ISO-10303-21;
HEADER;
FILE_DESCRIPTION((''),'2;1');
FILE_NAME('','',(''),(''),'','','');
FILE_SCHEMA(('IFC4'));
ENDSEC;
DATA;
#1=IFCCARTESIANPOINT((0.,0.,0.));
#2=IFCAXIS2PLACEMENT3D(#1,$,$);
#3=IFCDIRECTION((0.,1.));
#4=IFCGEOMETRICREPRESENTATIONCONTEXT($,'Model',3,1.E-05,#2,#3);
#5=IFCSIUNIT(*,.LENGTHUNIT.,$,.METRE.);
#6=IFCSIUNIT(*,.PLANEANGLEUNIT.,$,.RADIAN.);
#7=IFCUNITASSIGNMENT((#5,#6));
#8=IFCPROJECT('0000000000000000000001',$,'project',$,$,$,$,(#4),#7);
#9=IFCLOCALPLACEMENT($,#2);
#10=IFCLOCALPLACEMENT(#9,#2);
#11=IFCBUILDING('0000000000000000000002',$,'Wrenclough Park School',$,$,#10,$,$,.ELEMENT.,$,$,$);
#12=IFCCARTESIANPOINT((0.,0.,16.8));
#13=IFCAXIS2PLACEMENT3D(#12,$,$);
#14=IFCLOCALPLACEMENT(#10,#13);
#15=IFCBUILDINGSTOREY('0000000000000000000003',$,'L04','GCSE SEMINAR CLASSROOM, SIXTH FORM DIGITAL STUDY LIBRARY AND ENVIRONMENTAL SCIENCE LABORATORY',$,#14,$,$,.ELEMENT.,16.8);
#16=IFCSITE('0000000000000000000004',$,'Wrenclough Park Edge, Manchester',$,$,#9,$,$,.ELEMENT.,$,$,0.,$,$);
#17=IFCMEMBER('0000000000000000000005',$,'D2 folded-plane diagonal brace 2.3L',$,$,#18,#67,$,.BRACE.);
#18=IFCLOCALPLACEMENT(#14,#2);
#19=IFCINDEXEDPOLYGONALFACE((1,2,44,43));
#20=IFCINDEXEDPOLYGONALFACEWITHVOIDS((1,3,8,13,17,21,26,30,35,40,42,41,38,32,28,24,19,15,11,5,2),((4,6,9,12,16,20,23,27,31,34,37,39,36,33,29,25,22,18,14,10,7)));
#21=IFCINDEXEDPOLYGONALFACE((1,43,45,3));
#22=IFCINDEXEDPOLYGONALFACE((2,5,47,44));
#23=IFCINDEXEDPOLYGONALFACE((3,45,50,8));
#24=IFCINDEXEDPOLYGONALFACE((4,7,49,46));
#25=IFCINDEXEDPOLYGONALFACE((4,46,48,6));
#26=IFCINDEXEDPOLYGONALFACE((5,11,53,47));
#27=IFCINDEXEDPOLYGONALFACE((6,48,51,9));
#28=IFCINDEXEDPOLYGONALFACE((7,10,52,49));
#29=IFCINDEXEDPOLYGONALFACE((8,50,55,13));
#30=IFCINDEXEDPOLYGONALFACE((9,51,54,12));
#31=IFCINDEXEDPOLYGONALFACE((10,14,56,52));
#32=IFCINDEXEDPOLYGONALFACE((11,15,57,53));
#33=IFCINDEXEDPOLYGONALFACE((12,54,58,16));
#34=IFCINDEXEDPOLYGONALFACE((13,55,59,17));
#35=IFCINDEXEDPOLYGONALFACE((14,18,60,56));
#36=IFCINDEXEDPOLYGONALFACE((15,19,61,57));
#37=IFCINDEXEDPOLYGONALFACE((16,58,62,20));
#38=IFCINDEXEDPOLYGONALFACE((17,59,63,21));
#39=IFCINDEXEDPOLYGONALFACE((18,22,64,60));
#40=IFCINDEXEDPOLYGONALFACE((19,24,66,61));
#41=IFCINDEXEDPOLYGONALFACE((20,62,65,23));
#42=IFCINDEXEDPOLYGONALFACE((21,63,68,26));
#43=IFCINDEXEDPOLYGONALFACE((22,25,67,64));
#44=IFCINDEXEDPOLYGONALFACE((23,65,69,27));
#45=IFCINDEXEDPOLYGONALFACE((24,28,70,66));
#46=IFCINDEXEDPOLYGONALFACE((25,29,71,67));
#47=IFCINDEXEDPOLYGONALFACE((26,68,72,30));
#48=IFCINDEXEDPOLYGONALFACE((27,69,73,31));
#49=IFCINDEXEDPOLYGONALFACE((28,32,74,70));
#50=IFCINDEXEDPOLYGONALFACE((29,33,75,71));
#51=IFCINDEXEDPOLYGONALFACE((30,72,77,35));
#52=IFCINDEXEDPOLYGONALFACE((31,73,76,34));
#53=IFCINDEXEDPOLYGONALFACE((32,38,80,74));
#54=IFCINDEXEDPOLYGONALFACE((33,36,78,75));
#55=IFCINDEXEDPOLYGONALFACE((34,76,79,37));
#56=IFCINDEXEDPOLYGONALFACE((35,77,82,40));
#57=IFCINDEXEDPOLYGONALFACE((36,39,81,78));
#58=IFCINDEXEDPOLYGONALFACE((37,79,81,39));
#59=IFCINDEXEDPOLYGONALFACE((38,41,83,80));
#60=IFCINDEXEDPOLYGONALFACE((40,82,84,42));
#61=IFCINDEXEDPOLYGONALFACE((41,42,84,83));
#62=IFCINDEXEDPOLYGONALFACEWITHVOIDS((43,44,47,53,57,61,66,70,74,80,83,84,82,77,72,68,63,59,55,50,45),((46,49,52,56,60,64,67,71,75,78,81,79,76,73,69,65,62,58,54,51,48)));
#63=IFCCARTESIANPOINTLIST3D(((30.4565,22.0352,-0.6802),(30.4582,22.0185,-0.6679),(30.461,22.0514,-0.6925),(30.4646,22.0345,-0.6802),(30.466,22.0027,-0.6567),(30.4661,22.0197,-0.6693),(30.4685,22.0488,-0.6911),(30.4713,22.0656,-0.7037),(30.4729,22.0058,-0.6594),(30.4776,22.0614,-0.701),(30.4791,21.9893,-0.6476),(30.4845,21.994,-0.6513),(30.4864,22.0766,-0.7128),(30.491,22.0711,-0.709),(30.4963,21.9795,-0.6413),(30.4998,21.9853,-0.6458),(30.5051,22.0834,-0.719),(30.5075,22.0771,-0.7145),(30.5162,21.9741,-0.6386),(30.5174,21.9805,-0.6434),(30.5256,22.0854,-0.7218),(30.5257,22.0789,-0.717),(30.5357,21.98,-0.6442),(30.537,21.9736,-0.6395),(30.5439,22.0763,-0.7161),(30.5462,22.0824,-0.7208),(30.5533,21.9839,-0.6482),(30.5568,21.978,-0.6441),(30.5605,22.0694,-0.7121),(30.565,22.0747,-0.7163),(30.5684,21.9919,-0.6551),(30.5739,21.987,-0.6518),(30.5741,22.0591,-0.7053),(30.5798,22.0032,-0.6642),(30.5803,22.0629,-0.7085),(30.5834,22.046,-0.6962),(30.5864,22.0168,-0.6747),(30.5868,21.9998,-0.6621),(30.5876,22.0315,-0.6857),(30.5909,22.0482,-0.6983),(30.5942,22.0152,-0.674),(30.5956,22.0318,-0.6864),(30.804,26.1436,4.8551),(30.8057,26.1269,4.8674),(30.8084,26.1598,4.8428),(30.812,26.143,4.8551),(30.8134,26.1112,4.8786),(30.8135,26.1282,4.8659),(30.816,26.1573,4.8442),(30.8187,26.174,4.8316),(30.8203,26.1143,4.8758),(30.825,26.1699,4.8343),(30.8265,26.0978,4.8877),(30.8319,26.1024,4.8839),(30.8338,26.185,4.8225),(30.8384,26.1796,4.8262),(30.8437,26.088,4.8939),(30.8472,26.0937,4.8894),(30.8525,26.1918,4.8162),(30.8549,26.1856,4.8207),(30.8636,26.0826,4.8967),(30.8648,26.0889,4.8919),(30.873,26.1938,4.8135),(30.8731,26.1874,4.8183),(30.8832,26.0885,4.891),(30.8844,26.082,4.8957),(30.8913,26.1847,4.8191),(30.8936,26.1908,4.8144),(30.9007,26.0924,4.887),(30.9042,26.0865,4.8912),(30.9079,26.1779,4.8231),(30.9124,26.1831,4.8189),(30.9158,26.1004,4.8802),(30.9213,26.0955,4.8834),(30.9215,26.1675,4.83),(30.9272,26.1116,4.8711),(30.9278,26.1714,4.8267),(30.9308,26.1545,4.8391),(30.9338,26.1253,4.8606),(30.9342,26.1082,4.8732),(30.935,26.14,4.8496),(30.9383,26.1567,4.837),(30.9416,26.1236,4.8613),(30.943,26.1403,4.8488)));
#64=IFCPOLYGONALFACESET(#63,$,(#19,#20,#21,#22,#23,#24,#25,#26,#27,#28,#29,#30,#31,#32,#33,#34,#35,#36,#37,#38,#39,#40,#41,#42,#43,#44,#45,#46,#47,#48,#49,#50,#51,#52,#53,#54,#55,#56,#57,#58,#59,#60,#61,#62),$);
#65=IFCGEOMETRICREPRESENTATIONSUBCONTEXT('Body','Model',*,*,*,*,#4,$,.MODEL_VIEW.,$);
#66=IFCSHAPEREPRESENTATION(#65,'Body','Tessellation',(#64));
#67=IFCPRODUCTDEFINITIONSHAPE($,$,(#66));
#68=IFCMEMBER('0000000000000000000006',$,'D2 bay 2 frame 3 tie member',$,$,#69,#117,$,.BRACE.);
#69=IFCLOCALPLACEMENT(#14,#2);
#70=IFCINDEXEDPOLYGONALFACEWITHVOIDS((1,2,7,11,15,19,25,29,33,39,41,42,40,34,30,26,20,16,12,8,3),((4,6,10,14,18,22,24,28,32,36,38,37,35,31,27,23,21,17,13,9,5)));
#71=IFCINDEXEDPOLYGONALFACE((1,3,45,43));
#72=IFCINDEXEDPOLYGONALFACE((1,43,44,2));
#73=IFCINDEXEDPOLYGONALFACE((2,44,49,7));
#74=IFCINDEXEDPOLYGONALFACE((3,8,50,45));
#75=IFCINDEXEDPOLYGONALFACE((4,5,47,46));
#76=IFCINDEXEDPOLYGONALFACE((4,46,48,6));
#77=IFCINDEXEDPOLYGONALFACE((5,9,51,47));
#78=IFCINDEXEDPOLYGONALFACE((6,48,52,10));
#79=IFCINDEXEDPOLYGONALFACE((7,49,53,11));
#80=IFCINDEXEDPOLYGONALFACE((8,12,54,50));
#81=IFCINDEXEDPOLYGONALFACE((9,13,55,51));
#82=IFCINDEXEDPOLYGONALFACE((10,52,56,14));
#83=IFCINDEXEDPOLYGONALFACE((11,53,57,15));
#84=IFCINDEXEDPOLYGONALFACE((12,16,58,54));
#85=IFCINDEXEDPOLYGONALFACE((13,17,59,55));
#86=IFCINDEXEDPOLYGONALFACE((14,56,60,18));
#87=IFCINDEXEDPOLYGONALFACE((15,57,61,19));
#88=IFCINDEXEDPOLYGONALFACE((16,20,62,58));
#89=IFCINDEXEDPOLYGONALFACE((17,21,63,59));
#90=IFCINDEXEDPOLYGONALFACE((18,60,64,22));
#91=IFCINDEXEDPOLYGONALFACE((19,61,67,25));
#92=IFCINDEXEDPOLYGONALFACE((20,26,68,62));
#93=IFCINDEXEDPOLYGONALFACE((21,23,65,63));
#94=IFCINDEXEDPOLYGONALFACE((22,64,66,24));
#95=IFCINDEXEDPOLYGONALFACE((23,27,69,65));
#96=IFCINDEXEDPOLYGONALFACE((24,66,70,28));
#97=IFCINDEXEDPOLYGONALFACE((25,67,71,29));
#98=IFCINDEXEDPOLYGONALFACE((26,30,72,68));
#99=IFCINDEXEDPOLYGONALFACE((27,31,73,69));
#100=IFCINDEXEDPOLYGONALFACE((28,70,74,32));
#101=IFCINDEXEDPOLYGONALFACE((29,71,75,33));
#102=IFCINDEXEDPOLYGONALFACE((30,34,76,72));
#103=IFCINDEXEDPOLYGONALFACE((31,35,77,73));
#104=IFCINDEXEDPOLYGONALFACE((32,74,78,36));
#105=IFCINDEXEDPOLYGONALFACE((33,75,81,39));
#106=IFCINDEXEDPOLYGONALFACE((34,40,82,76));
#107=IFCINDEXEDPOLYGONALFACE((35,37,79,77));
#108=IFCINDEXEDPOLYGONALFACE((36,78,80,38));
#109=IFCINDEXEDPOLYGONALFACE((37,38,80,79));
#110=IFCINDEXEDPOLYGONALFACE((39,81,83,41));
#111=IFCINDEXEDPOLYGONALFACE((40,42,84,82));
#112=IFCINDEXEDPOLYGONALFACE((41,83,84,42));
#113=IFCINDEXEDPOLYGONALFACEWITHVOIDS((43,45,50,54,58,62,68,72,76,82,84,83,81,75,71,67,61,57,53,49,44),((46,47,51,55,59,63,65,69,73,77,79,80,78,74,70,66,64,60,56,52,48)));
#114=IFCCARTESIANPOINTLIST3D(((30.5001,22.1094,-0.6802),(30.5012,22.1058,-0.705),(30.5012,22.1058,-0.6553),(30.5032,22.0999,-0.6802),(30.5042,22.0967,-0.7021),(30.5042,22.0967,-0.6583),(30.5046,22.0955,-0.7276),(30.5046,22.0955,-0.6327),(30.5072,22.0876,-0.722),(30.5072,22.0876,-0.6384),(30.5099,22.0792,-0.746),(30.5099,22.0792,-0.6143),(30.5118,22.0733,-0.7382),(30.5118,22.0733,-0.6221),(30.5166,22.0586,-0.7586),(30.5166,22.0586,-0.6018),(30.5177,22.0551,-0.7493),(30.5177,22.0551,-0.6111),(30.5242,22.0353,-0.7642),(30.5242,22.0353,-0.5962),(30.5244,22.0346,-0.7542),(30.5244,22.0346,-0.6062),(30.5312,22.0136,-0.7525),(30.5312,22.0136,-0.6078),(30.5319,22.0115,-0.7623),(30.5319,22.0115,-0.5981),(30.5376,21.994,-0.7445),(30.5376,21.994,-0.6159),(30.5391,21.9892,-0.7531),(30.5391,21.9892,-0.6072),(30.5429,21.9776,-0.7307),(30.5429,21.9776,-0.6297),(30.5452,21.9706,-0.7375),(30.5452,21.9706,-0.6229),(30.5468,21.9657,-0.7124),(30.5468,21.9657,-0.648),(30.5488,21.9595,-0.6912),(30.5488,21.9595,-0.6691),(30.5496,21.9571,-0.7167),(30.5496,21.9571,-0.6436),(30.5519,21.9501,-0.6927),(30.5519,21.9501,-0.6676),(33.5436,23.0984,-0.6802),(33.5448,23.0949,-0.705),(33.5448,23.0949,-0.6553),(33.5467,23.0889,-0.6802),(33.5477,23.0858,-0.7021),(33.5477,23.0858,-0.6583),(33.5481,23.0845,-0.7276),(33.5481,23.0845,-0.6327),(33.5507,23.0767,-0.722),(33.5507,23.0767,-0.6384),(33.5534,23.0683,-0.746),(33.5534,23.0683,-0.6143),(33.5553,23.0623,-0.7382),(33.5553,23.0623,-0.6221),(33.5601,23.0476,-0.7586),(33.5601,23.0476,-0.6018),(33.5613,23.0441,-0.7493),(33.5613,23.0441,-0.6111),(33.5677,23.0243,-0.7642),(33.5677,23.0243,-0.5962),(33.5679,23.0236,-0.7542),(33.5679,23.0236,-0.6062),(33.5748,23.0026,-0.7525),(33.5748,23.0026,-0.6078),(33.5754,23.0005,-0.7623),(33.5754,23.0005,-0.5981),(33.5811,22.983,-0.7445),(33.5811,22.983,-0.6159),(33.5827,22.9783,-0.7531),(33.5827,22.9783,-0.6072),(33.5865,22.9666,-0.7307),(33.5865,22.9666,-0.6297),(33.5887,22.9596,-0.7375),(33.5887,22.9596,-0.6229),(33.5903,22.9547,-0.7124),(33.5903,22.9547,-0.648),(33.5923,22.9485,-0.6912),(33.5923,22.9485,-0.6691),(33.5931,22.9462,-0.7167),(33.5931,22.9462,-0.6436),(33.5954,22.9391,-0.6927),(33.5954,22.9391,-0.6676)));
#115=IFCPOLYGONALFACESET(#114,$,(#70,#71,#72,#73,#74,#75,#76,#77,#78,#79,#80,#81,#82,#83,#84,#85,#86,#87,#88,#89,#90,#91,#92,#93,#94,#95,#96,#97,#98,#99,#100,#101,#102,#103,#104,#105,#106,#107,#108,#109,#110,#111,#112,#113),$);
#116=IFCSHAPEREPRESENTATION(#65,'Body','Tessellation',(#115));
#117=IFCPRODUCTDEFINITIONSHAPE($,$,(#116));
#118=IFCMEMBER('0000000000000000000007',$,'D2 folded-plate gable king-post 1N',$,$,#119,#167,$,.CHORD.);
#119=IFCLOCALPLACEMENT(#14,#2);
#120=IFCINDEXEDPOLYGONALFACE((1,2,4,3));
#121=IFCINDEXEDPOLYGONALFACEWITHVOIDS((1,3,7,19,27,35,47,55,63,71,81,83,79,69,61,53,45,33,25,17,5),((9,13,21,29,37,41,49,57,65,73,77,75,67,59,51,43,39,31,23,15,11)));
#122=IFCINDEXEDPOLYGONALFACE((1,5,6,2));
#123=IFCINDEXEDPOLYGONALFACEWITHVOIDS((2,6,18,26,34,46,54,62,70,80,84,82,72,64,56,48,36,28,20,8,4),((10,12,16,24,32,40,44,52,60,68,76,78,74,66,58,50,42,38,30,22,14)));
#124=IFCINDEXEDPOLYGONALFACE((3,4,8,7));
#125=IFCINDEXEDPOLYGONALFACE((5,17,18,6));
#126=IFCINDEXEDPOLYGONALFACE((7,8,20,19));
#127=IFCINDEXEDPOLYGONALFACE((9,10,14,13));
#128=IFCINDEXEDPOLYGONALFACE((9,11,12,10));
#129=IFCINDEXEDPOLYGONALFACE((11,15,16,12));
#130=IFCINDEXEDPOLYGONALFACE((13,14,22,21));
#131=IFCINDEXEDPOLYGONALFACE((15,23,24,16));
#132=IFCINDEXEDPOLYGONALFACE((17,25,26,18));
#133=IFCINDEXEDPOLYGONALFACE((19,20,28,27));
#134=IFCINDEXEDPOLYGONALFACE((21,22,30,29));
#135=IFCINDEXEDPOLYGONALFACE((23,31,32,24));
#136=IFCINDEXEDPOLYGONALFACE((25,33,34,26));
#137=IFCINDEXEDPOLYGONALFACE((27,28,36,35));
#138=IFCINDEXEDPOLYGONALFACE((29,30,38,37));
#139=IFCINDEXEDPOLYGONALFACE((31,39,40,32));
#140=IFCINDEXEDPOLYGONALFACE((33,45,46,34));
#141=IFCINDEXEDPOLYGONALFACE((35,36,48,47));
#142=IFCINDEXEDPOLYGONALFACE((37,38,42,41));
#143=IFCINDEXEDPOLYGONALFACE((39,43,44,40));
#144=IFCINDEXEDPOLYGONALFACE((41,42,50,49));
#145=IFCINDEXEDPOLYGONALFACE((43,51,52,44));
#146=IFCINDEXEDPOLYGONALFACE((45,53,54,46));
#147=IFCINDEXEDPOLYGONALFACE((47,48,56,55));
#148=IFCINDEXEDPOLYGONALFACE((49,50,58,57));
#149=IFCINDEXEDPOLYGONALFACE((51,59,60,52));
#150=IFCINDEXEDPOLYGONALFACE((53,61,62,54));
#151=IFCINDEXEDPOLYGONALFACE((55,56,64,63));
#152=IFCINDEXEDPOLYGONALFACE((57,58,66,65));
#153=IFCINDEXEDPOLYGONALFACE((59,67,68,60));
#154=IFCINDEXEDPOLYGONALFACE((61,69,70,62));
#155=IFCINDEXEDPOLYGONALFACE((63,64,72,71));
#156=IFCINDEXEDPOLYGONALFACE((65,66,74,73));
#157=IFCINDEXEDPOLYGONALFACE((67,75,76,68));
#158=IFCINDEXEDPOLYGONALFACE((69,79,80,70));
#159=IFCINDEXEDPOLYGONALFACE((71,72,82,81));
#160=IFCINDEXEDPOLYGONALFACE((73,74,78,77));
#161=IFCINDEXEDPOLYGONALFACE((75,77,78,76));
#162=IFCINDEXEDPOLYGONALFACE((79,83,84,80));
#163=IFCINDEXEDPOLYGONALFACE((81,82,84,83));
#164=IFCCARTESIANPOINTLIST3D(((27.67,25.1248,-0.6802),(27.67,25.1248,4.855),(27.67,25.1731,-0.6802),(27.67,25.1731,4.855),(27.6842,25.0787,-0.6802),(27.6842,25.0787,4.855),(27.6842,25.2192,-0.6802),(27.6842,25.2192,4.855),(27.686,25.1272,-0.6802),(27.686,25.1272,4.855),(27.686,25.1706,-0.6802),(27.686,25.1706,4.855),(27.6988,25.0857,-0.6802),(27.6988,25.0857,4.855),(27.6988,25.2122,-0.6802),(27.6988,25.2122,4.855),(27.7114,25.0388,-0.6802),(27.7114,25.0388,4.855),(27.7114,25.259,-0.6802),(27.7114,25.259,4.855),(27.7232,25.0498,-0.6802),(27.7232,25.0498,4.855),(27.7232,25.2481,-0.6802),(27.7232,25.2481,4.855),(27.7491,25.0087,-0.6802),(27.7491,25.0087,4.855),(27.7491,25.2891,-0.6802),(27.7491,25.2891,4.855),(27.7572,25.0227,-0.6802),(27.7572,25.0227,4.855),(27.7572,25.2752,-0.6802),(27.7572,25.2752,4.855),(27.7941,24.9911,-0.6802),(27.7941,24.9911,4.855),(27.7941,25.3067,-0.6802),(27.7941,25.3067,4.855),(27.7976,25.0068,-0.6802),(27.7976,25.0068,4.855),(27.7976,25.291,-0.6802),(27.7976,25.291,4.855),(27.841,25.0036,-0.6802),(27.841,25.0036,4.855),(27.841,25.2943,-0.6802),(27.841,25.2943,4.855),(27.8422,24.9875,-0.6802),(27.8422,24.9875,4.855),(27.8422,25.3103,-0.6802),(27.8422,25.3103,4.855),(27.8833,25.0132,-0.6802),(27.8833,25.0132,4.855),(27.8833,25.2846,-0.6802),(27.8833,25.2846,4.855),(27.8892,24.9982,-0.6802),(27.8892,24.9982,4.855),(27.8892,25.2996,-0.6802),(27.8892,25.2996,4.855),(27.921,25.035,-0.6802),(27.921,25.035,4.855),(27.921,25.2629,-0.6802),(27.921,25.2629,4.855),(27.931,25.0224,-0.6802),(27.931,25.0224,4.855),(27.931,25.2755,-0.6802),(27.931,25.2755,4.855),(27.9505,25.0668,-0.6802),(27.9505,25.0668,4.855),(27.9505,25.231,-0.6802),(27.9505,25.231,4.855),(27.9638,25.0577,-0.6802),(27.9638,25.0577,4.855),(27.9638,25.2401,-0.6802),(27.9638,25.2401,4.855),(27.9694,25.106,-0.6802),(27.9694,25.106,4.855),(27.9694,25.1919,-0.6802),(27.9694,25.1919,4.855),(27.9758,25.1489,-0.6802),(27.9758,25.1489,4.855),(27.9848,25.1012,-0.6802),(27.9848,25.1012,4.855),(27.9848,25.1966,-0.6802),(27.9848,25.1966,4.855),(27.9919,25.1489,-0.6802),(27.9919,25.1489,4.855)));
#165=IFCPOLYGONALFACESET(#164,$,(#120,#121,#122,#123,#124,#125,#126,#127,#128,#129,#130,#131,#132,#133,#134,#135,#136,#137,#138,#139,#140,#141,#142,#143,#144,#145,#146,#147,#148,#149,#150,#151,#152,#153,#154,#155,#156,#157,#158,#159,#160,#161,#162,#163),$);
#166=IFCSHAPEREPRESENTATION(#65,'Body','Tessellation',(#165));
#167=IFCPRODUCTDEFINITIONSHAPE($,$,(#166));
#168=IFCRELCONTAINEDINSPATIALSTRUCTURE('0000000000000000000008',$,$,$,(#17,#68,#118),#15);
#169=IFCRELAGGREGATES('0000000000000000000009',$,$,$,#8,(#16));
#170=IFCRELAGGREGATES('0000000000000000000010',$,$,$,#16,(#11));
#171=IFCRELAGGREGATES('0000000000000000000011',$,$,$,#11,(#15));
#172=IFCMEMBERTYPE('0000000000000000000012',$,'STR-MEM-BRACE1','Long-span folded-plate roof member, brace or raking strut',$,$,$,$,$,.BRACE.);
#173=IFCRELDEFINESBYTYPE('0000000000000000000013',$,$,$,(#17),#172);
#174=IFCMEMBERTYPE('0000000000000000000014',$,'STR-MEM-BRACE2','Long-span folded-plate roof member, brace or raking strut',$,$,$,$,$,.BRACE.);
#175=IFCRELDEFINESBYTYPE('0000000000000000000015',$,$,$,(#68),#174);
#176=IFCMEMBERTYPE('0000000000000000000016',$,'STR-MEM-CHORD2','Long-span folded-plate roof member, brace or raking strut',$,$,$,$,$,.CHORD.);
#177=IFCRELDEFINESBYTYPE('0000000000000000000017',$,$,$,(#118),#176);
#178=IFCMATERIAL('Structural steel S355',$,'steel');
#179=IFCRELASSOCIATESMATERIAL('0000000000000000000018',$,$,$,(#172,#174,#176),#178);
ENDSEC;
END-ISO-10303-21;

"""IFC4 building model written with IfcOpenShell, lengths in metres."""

from ifc_helpers import new_model, si_unit, direction, frame, origin, origin_2d, place, context, subcontext, project, spatial, hollow_circle, extrude, material, material_profile, profile_set, type_object, element, save


model = new_model("IFC4")

# Units and contexts
model_context = context("Model", 3, precision=1e-05, world=origin(), true_north=direction((0.0, 1.0)))
body_context = subcontext(model_context, "Body", "Model", "MODEL_VIEW")
ifc_project = project(units=[si_unit("LENGTHUNIT", "METRE"), si_unit("PLANEANGLEUNIT", "RADIAN")], contexts=[model_context])

# Site, building, storey
site_placement = place(None, origin())
site = spatial("IfcSite", under=ifc_project, at=site_placement, Name="Wrenclough Park Edge, Manchester", CompositionType="ELEMENT", RefElevation=0.0)
building_placement = place(site_placement, origin())
building = spatial("IfcBuilding", under=site, at=building_placement, Name="Wrenclough Park School", CompositionType="ELEMENT")
storey_placement = place(building_placement, frame((0.0, 0.0, 16.8)))
storey = spatial("IfcBuildingStorey", under=building, at=storey_placement, Name="L04", Description="GCSE SEMINAR CLASSROOM, SIXTH FORM DIGITAL STUDY LIBRARY AND ENVIRONMENTAL SCIENCE LABORATORY", CompositionType="ELEMENT", Elevation=16.8)

# Members
ifc_material = material(Name="Structural steel S355", Category="steel")
ifc_material_profile_1 = material_profile(ifc_material, hollow_circle(Radius=0.0698, WallThickness=0.0081, at=origin_2d()), Name="CHS 139.7x8.0")
ifc_profile_set_1 = profile_set([ifc_material_profile_1], Name="Structural steel S355")
member_type_1 = type_object("IfcMemberType", Name="STR-MEM-BRACE1", Description="Long-span folded-plate roof member, brace or raking strut", PredefinedType="BRACE", material=ifc_profile_set_1)
for number, where, z_axis, x_axis, name in (
    (1, (30.5261, 22.0293, -0.6802), (0.050335, 0.595248, 0.801964), (-0.996444, 0.084261, 0.0), "D2 folded-plane diagonal brace 2.3L"),
):
    element("IfcMember", number, at=place(storey_placement, frame(where, z_axis=z_axis, x_axis=x_axis)), inside=storey, type_object=member_type_1, Name=name, PredefinedType="BRACE", context=body_context, shape_type="SweptSolid", body=[
        extrude(hollow_circle(Radius=0.0698, WallThickness=0.0081, at=origin_2d()), origin(), (0.0, 0.0, 1.0), 6.9021),
    ])
ifc_material_profile_2 = material_profile(ifc_material, hollow_circle(Radius=0.0842, WallThickness=0.01, at=origin_2d()), Name="CHS 168.3x10.0")
ifc_profile_set_2 = profile_set([ifc_material_profile_2], Name="Structural steel S355")
member_type_2 = type_object("IfcMemberType", Name="STR-MEM-BRACE2", Description="Long-span folded-plate roof member, brace or raking strut", PredefinedType="BRACE", material=ifc_profile_set_2)
member_placement = place(storey_placement, frame((30.5261, 22.0293, -0.6802), z_axis=(0.951044, 0.309055, 0.0), x_axis=(-0.309055, 0.951044, 0.0)))
element("IfcMember", 2, at=member_placement, inside=storey, type_object=member_type_2, Name="D2 bay 2 frame 3 tie member", PredefinedType="BRACE", context=body_context, shape_type="SweptSolid", body=[
    extrude(hollow_circle(Radius=0.0842, WallThickness=0.01, at=origin_2d()), origin(), (0.0, 0.0, 1.0), 3.2002),
])
ifc_material_profile_3 = material_profile(ifc_material, hollow_circle(Radius=0.1619, WallThickness=0.0161, at=origin_2d()), Name="CHS 323.9x16.0")
ifc_profile_set_3 = profile_set([ifc_material_profile_3], Name="Structural steel S355")
member_type_3 = type_object("IfcMemberType", Name="STR-MEM-CHORD2", Description="Long-span folded-plate roof member, brace or raking strut", PredefinedType="CHORD", material=ifc_profile_set_3)
for number, where, z_axis, x_axis, name in (
    (3, (27.8301, 25.1489, -0.6802), (0.0, 0.0, 1.0), (1.0, 0.0, 0.0), "D2 folded-plate gable king-post 1N"),
):
    element("IfcMember", number, at=place(storey_placement, frame(where, z_axis=z_axis, x_axis=x_axis)), inside=storey, type_object=member_type_3, Name=name, PredefinedType="CHORD", context=body_context, shape_type="SweptSolid", body=[
        extrude(hollow_circle(Radius=0.1619, WallThickness=0.0161, at=origin_2d()), origin(), (0.0, 0.0, 1.0), 5.5352),
    ])

save(model, "model.ifc")
